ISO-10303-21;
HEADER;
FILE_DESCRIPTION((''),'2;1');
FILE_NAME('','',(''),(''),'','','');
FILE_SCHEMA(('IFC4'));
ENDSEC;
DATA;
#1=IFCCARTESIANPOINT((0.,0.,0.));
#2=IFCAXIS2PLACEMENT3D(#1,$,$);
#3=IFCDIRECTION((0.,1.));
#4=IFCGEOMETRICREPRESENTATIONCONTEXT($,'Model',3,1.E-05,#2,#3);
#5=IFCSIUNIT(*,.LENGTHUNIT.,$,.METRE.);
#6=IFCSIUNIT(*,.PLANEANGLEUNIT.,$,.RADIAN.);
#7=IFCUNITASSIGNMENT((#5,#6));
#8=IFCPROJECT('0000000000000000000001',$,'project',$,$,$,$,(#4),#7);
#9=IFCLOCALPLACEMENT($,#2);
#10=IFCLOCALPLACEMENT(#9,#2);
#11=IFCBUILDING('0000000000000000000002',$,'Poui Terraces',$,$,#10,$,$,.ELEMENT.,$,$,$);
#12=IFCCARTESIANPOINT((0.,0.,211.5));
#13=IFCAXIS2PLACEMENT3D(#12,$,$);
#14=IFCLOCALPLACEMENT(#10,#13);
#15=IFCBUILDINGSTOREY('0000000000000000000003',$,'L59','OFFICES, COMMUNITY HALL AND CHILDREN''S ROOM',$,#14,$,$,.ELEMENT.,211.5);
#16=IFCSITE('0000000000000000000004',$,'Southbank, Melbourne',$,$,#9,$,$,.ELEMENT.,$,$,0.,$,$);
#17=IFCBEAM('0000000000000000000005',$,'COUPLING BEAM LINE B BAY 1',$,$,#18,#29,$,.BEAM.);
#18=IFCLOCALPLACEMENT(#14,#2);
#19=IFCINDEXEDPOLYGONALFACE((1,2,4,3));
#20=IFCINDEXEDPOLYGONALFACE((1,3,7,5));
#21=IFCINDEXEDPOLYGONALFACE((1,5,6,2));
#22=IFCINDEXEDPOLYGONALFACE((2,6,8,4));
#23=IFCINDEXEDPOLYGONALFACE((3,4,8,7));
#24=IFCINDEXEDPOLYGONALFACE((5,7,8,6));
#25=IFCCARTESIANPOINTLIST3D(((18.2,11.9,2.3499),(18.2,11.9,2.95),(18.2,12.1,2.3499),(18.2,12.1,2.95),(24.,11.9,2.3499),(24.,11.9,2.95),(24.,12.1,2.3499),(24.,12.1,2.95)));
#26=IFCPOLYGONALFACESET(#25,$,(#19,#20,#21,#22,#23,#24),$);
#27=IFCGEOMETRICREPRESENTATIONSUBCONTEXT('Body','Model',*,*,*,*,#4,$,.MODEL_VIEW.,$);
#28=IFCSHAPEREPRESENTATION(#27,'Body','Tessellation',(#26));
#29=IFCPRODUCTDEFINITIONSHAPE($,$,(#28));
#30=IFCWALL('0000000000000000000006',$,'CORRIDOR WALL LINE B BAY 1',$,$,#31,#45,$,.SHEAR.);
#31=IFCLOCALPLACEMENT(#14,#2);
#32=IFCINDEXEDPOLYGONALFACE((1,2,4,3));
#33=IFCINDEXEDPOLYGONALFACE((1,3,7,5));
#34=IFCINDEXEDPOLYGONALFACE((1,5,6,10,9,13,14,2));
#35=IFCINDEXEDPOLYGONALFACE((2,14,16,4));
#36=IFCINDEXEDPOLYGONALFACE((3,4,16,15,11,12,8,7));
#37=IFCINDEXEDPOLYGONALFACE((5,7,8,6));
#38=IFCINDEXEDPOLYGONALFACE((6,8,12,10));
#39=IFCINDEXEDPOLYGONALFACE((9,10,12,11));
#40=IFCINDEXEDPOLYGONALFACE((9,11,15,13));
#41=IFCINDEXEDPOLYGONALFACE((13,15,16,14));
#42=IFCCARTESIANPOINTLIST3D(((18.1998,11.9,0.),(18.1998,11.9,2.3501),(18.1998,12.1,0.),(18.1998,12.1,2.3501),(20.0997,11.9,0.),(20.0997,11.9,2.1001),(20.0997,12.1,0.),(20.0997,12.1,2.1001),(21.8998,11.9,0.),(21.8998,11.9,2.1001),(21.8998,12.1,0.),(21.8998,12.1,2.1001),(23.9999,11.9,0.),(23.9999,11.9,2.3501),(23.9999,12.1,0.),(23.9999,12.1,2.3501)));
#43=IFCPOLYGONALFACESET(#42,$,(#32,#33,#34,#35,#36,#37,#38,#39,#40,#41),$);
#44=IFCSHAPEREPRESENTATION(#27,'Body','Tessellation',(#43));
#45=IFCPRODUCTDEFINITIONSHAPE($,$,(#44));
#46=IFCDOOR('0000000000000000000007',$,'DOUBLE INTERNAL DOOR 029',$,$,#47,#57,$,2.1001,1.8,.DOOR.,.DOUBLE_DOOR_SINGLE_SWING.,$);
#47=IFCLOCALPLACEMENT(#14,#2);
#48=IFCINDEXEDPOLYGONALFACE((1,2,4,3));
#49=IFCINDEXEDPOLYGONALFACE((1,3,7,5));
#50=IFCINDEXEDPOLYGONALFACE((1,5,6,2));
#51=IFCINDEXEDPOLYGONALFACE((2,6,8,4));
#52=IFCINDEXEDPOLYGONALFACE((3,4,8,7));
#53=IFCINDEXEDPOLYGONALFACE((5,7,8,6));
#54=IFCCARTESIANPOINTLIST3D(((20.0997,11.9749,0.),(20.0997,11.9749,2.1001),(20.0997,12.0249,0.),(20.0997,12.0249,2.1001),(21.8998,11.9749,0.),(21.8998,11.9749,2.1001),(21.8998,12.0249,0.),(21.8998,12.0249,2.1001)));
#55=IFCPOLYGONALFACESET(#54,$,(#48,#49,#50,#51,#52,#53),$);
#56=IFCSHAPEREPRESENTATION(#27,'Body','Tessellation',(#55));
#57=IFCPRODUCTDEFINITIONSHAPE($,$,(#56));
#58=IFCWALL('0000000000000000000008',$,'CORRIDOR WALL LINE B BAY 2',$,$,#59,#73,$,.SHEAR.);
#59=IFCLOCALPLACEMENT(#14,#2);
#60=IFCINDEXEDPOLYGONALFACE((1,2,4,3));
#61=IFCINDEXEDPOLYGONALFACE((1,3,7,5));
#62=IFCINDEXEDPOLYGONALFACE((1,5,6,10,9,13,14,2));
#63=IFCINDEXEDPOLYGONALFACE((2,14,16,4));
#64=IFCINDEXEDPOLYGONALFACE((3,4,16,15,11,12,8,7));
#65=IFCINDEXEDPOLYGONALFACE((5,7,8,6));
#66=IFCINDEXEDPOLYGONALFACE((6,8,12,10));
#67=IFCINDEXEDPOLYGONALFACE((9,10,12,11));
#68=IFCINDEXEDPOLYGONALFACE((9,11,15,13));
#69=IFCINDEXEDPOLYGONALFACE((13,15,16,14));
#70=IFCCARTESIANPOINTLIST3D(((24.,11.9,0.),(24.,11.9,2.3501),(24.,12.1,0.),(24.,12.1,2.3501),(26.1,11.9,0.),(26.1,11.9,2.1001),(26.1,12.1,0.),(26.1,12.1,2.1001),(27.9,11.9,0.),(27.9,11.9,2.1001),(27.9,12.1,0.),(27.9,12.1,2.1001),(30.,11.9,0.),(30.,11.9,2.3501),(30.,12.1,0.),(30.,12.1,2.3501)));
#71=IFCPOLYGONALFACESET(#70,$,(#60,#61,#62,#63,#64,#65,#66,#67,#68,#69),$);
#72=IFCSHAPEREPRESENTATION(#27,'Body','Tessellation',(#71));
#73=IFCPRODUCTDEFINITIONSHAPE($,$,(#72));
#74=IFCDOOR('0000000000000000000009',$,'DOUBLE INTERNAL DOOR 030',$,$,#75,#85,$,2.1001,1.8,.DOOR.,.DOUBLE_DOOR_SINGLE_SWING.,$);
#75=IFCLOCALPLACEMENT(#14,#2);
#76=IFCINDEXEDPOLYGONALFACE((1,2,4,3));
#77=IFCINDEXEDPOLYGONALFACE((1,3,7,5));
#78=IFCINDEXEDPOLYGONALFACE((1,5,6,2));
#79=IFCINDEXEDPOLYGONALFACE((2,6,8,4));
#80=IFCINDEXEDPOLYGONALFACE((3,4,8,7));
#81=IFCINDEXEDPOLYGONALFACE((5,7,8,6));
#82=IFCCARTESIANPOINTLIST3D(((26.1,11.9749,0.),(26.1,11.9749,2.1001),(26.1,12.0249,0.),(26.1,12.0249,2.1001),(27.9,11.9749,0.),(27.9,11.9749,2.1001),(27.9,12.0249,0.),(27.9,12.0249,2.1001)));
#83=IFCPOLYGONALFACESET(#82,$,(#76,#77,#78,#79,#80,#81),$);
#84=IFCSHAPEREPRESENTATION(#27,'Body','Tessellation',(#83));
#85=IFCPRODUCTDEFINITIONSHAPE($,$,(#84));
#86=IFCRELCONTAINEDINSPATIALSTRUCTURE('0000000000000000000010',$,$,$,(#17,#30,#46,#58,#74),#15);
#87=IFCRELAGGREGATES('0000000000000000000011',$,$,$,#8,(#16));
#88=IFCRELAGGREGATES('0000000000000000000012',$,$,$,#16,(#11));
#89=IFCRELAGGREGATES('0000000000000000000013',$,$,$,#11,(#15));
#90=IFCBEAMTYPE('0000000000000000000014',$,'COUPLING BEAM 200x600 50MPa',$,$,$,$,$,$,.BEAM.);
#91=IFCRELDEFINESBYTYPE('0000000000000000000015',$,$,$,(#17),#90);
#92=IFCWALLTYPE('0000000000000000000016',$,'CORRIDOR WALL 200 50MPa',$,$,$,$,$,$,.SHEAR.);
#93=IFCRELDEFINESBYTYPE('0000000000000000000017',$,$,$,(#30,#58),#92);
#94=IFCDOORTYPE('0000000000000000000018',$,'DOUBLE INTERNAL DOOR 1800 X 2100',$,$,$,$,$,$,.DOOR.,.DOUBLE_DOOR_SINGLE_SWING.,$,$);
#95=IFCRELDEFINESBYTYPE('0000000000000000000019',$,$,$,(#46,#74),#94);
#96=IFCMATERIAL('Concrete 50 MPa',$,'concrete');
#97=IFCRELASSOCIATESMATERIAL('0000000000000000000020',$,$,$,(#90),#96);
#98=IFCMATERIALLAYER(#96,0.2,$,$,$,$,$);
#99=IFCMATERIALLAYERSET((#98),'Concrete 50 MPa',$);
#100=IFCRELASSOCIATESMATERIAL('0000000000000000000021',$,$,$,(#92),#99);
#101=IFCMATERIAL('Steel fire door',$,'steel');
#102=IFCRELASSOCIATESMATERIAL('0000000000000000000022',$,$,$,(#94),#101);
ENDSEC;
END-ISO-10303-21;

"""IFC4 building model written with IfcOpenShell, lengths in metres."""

from ifc_helpers import new_model, si_unit, direction, frame, frame_2d, origin, origin_2d, place, context, subcontext, project, spatial, rectangle, extrude, source, transform, mapped, material, layer, layer_set, material_profile, profile_set, type_object, element, fill, save


model = new_model("IFC4")

# Units and contexts
model_context = context("Model", 3, precision=1e-05, world=origin(), true_north=direction((0.0, 1.0)))
body_context = subcontext(model_context, "Body", "Model", "MODEL_VIEW")
ifc_project = project(units=[si_unit("LENGTHUNIT", "METRE"), si_unit("PLANEANGLEUNIT", "RADIAN")], contexts=[model_context])

# Site, building, storey
site_placement = place(None, origin())
site = spatial("IfcSite", under=ifc_project, at=site_placement, Name="Southbank, Melbourne", CompositionType="ELEMENT", RefElevation=0.0)
building_placement = place(site_placement, origin())
building = spatial("IfcBuilding", under=site, at=building_placement, Name="Poui Terraces", CompositionType="ELEMENT")
storey_placement = place(building_placement, frame((0.0, 0.0, 211.5)))
storey = spatial("IfcBuildingStorey", under=building, at=storey_placement, Name="L59", Description="OFFICES, COMMUNITY HALL AND CHILDREN'S ROOM", CompositionType="ELEMENT", Elevation=211.5)

# Beam
ifc_material_1 = material(Name="Concrete 50 MPa", Category="concrete")
ifc_material_profile = material_profile(ifc_material_1, rectangle(XDim=0.2, YDim=0.6001, at=origin_2d()), Name="RC 200x600")
ifc_profile_set = profile_set([ifc_material_profile], Name="Concrete 50 MPa")
beam_type = type_object("IfcBeamType", Name="COUPLING BEAM 200x600 50MPa", PredefinedType="BEAM", material=ifc_profile_set)
shared_shape = source(origin(), body_context, "Body", "SweptSolid", [
    extrude(rectangle(XDim=0.2, YDim=0.6001, at=origin_2d()), origin(), (0.0, 0.0, 1.0), 5.8),
])
beam_placement = place(storey_placement, frame((18.2, 12.0, 2.6499), z_axis=(1.0, 0.0, 0.0), x_axis=(0.0, 1.0, 0.0)))
element("IfcBeam", 1, at=beam_placement, inside=storey, type_object=beam_type, Name="COUPLING BEAM LINE B BAY 1", PredefinedType="BEAM", context=body_context, shape_type="MappedRepresentation", body=[
    mapped(shared_shape, transform((0.0, 0.0, 0.0))),
])

# Walls, openings, doors
ifc_layer = layer(ifc_material_1, 0.2)
ifc_layer_set = layer_set([ifc_layer], Name="Concrete 50 MPa")
wall_type = type_object("IfcWallType", Name="CORRIDOR WALL 200 50MPa", PredefinedType="SHEAR", material=ifc_layer_set)
wall_1_placement = place(storey_placement, frame((18.2, 12.0, 0.0), z_axis=(0.0, 0.0, 1.0), x_axis=(1.0, 0.0, 0.0)))
wall_1 = element("IfcWall", 2, at=wall_1_placement, inside=storey, type_object=wall_type, Name="CORRIDOR WALL LINE B BAY 1", PredefinedType="SHEAR", context=body_context, shape_type="SweptSolid", body=[
    extrude(rectangle(XDim=5.8, YDim=0.2, at=frame_2d((2.8999, 0.0))), origin(), (0.0, 0.0, 1.0), 2.3501),
])
opening_1_placement = place(wall_1_placement, frame((1.8999, 0.0, 0.0)))
opening_1 = element("IfcOpeningElement", 3, at=opening_1_placement, cuts=wall_1, PredefinedType="OPENING", context=body_context, shape_type="SweptSolid", body=[
    extrude(rectangle(XDim=1.8, YDim=2.1001, at=frame_2d((0.8999, 1.05))), frame((0.0, 0.1099, 0.0), z_axis=(0.0, -1.0, 0.0), x_axis=(1.0, 0.0, 0.0)), (0.0, 0.0, 1.0), 0.22),
])
ifc_material_2 = material(Name="Steel fire door", Category="steel")
door_type = type_object("IfcDoorType", Name="DOUBLE INTERNAL DOOR 1800 X 2100", OperationType="DOUBLE_DOOR_SINGLE_SWING", PredefinedType="DOOR", material=ifc_material_2)
door_1_placement = place(opening_1_placement, origin())
door_1 = element("IfcDoor", 4, at=door_1_placement, inside=storey, type_object=door_type, Name="DOUBLE INTERNAL DOOR 029", OperationType="DOUBLE_DOOR_SINGLE_SWING", OverallHeight=2.1001, OverallWidth=1.8, PredefinedType="DOOR", context=body_context, shape_type="SweptSolid", body=[
    extrude(rectangle(XDim=1.8, YDim=2.1001, at=frame_2d((0.8999, 1.05))), frame((0.0, 0.0249, 0.0), z_axis=(0.0, -1.0, 0.0), x_axis=(1.0, 0.0, 0.0)), (0.0, 0.0, 1.0), 0.05),
])
fill(opening_1, door_1)
wall_2_placement = place(storey_placement, frame((24.0, 12.0, 0.0), z_axis=(0.0, 0.0, 1.0), x_axis=(1.0, 0.0, 0.0)))
wall_2 = element("IfcWall", 5, at=wall_2_placement, inside=storey, type_object=wall_type, Name="CORRIDOR WALL LINE B BAY 2", PredefinedType="SHEAR", context=body_context, shape_type="SweptSolid", body=[
    extrude(rectangle(XDim=6.0, YDim=0.2, at=frame_2d((3.0, 0.0))), origin(), (0.0, 0.0, 1.0), 2.3501),
])
opening_2_placement = place(wall_2_placement, frame((2.1001, 0.0, 0.0)))
opening_2 = element("IfcOpeningElement", 6, at=opening_2_placement, cuts=wall_2, PredefinedType="OPENING", context=body_context, shape_type="SweptSolid", body=[
    extrude(rectangle(XDim=1.8, YDim=2.1001, at=frame_2d((0.8999, 1.05))), frame((0.0, 0.1099, 0.0), z_axis=(0.0, -1.0, 0.0), x_axis=(1.0, 0.0, 0.0)), (0.0, 0.0, 1.0), 0.22),
])
door_2_placement = place(opening_2_placement, origin())
door_2 = element("IfcDoor", 7, at=door_2_placement, inside=storey, type_object=door_type, Name="DOUBLE INTERNAL DOOR 030", OperationType="DOUBLE_DOOR_SINGLE_SWING", OverallHeight=2.1001, OverallWidth=1.8, PredefinedType="DOOR", context=body_context, shape_type="SweptSolid", body=[
    extrude(rectangle(XDim=1.8, YDim=2.1001, at=frame_2d((0.8999, 1.05))), frame((0.0, 0.0249, 0.0), z_axis=(0.0, -1.0, 0.0), x_axis=(1.0, 0.0, 0.0)), (0.0, 0.0, 1.0), 0.05),
])
fill(opening_2, door_2)

save(model, "model.ifc")
